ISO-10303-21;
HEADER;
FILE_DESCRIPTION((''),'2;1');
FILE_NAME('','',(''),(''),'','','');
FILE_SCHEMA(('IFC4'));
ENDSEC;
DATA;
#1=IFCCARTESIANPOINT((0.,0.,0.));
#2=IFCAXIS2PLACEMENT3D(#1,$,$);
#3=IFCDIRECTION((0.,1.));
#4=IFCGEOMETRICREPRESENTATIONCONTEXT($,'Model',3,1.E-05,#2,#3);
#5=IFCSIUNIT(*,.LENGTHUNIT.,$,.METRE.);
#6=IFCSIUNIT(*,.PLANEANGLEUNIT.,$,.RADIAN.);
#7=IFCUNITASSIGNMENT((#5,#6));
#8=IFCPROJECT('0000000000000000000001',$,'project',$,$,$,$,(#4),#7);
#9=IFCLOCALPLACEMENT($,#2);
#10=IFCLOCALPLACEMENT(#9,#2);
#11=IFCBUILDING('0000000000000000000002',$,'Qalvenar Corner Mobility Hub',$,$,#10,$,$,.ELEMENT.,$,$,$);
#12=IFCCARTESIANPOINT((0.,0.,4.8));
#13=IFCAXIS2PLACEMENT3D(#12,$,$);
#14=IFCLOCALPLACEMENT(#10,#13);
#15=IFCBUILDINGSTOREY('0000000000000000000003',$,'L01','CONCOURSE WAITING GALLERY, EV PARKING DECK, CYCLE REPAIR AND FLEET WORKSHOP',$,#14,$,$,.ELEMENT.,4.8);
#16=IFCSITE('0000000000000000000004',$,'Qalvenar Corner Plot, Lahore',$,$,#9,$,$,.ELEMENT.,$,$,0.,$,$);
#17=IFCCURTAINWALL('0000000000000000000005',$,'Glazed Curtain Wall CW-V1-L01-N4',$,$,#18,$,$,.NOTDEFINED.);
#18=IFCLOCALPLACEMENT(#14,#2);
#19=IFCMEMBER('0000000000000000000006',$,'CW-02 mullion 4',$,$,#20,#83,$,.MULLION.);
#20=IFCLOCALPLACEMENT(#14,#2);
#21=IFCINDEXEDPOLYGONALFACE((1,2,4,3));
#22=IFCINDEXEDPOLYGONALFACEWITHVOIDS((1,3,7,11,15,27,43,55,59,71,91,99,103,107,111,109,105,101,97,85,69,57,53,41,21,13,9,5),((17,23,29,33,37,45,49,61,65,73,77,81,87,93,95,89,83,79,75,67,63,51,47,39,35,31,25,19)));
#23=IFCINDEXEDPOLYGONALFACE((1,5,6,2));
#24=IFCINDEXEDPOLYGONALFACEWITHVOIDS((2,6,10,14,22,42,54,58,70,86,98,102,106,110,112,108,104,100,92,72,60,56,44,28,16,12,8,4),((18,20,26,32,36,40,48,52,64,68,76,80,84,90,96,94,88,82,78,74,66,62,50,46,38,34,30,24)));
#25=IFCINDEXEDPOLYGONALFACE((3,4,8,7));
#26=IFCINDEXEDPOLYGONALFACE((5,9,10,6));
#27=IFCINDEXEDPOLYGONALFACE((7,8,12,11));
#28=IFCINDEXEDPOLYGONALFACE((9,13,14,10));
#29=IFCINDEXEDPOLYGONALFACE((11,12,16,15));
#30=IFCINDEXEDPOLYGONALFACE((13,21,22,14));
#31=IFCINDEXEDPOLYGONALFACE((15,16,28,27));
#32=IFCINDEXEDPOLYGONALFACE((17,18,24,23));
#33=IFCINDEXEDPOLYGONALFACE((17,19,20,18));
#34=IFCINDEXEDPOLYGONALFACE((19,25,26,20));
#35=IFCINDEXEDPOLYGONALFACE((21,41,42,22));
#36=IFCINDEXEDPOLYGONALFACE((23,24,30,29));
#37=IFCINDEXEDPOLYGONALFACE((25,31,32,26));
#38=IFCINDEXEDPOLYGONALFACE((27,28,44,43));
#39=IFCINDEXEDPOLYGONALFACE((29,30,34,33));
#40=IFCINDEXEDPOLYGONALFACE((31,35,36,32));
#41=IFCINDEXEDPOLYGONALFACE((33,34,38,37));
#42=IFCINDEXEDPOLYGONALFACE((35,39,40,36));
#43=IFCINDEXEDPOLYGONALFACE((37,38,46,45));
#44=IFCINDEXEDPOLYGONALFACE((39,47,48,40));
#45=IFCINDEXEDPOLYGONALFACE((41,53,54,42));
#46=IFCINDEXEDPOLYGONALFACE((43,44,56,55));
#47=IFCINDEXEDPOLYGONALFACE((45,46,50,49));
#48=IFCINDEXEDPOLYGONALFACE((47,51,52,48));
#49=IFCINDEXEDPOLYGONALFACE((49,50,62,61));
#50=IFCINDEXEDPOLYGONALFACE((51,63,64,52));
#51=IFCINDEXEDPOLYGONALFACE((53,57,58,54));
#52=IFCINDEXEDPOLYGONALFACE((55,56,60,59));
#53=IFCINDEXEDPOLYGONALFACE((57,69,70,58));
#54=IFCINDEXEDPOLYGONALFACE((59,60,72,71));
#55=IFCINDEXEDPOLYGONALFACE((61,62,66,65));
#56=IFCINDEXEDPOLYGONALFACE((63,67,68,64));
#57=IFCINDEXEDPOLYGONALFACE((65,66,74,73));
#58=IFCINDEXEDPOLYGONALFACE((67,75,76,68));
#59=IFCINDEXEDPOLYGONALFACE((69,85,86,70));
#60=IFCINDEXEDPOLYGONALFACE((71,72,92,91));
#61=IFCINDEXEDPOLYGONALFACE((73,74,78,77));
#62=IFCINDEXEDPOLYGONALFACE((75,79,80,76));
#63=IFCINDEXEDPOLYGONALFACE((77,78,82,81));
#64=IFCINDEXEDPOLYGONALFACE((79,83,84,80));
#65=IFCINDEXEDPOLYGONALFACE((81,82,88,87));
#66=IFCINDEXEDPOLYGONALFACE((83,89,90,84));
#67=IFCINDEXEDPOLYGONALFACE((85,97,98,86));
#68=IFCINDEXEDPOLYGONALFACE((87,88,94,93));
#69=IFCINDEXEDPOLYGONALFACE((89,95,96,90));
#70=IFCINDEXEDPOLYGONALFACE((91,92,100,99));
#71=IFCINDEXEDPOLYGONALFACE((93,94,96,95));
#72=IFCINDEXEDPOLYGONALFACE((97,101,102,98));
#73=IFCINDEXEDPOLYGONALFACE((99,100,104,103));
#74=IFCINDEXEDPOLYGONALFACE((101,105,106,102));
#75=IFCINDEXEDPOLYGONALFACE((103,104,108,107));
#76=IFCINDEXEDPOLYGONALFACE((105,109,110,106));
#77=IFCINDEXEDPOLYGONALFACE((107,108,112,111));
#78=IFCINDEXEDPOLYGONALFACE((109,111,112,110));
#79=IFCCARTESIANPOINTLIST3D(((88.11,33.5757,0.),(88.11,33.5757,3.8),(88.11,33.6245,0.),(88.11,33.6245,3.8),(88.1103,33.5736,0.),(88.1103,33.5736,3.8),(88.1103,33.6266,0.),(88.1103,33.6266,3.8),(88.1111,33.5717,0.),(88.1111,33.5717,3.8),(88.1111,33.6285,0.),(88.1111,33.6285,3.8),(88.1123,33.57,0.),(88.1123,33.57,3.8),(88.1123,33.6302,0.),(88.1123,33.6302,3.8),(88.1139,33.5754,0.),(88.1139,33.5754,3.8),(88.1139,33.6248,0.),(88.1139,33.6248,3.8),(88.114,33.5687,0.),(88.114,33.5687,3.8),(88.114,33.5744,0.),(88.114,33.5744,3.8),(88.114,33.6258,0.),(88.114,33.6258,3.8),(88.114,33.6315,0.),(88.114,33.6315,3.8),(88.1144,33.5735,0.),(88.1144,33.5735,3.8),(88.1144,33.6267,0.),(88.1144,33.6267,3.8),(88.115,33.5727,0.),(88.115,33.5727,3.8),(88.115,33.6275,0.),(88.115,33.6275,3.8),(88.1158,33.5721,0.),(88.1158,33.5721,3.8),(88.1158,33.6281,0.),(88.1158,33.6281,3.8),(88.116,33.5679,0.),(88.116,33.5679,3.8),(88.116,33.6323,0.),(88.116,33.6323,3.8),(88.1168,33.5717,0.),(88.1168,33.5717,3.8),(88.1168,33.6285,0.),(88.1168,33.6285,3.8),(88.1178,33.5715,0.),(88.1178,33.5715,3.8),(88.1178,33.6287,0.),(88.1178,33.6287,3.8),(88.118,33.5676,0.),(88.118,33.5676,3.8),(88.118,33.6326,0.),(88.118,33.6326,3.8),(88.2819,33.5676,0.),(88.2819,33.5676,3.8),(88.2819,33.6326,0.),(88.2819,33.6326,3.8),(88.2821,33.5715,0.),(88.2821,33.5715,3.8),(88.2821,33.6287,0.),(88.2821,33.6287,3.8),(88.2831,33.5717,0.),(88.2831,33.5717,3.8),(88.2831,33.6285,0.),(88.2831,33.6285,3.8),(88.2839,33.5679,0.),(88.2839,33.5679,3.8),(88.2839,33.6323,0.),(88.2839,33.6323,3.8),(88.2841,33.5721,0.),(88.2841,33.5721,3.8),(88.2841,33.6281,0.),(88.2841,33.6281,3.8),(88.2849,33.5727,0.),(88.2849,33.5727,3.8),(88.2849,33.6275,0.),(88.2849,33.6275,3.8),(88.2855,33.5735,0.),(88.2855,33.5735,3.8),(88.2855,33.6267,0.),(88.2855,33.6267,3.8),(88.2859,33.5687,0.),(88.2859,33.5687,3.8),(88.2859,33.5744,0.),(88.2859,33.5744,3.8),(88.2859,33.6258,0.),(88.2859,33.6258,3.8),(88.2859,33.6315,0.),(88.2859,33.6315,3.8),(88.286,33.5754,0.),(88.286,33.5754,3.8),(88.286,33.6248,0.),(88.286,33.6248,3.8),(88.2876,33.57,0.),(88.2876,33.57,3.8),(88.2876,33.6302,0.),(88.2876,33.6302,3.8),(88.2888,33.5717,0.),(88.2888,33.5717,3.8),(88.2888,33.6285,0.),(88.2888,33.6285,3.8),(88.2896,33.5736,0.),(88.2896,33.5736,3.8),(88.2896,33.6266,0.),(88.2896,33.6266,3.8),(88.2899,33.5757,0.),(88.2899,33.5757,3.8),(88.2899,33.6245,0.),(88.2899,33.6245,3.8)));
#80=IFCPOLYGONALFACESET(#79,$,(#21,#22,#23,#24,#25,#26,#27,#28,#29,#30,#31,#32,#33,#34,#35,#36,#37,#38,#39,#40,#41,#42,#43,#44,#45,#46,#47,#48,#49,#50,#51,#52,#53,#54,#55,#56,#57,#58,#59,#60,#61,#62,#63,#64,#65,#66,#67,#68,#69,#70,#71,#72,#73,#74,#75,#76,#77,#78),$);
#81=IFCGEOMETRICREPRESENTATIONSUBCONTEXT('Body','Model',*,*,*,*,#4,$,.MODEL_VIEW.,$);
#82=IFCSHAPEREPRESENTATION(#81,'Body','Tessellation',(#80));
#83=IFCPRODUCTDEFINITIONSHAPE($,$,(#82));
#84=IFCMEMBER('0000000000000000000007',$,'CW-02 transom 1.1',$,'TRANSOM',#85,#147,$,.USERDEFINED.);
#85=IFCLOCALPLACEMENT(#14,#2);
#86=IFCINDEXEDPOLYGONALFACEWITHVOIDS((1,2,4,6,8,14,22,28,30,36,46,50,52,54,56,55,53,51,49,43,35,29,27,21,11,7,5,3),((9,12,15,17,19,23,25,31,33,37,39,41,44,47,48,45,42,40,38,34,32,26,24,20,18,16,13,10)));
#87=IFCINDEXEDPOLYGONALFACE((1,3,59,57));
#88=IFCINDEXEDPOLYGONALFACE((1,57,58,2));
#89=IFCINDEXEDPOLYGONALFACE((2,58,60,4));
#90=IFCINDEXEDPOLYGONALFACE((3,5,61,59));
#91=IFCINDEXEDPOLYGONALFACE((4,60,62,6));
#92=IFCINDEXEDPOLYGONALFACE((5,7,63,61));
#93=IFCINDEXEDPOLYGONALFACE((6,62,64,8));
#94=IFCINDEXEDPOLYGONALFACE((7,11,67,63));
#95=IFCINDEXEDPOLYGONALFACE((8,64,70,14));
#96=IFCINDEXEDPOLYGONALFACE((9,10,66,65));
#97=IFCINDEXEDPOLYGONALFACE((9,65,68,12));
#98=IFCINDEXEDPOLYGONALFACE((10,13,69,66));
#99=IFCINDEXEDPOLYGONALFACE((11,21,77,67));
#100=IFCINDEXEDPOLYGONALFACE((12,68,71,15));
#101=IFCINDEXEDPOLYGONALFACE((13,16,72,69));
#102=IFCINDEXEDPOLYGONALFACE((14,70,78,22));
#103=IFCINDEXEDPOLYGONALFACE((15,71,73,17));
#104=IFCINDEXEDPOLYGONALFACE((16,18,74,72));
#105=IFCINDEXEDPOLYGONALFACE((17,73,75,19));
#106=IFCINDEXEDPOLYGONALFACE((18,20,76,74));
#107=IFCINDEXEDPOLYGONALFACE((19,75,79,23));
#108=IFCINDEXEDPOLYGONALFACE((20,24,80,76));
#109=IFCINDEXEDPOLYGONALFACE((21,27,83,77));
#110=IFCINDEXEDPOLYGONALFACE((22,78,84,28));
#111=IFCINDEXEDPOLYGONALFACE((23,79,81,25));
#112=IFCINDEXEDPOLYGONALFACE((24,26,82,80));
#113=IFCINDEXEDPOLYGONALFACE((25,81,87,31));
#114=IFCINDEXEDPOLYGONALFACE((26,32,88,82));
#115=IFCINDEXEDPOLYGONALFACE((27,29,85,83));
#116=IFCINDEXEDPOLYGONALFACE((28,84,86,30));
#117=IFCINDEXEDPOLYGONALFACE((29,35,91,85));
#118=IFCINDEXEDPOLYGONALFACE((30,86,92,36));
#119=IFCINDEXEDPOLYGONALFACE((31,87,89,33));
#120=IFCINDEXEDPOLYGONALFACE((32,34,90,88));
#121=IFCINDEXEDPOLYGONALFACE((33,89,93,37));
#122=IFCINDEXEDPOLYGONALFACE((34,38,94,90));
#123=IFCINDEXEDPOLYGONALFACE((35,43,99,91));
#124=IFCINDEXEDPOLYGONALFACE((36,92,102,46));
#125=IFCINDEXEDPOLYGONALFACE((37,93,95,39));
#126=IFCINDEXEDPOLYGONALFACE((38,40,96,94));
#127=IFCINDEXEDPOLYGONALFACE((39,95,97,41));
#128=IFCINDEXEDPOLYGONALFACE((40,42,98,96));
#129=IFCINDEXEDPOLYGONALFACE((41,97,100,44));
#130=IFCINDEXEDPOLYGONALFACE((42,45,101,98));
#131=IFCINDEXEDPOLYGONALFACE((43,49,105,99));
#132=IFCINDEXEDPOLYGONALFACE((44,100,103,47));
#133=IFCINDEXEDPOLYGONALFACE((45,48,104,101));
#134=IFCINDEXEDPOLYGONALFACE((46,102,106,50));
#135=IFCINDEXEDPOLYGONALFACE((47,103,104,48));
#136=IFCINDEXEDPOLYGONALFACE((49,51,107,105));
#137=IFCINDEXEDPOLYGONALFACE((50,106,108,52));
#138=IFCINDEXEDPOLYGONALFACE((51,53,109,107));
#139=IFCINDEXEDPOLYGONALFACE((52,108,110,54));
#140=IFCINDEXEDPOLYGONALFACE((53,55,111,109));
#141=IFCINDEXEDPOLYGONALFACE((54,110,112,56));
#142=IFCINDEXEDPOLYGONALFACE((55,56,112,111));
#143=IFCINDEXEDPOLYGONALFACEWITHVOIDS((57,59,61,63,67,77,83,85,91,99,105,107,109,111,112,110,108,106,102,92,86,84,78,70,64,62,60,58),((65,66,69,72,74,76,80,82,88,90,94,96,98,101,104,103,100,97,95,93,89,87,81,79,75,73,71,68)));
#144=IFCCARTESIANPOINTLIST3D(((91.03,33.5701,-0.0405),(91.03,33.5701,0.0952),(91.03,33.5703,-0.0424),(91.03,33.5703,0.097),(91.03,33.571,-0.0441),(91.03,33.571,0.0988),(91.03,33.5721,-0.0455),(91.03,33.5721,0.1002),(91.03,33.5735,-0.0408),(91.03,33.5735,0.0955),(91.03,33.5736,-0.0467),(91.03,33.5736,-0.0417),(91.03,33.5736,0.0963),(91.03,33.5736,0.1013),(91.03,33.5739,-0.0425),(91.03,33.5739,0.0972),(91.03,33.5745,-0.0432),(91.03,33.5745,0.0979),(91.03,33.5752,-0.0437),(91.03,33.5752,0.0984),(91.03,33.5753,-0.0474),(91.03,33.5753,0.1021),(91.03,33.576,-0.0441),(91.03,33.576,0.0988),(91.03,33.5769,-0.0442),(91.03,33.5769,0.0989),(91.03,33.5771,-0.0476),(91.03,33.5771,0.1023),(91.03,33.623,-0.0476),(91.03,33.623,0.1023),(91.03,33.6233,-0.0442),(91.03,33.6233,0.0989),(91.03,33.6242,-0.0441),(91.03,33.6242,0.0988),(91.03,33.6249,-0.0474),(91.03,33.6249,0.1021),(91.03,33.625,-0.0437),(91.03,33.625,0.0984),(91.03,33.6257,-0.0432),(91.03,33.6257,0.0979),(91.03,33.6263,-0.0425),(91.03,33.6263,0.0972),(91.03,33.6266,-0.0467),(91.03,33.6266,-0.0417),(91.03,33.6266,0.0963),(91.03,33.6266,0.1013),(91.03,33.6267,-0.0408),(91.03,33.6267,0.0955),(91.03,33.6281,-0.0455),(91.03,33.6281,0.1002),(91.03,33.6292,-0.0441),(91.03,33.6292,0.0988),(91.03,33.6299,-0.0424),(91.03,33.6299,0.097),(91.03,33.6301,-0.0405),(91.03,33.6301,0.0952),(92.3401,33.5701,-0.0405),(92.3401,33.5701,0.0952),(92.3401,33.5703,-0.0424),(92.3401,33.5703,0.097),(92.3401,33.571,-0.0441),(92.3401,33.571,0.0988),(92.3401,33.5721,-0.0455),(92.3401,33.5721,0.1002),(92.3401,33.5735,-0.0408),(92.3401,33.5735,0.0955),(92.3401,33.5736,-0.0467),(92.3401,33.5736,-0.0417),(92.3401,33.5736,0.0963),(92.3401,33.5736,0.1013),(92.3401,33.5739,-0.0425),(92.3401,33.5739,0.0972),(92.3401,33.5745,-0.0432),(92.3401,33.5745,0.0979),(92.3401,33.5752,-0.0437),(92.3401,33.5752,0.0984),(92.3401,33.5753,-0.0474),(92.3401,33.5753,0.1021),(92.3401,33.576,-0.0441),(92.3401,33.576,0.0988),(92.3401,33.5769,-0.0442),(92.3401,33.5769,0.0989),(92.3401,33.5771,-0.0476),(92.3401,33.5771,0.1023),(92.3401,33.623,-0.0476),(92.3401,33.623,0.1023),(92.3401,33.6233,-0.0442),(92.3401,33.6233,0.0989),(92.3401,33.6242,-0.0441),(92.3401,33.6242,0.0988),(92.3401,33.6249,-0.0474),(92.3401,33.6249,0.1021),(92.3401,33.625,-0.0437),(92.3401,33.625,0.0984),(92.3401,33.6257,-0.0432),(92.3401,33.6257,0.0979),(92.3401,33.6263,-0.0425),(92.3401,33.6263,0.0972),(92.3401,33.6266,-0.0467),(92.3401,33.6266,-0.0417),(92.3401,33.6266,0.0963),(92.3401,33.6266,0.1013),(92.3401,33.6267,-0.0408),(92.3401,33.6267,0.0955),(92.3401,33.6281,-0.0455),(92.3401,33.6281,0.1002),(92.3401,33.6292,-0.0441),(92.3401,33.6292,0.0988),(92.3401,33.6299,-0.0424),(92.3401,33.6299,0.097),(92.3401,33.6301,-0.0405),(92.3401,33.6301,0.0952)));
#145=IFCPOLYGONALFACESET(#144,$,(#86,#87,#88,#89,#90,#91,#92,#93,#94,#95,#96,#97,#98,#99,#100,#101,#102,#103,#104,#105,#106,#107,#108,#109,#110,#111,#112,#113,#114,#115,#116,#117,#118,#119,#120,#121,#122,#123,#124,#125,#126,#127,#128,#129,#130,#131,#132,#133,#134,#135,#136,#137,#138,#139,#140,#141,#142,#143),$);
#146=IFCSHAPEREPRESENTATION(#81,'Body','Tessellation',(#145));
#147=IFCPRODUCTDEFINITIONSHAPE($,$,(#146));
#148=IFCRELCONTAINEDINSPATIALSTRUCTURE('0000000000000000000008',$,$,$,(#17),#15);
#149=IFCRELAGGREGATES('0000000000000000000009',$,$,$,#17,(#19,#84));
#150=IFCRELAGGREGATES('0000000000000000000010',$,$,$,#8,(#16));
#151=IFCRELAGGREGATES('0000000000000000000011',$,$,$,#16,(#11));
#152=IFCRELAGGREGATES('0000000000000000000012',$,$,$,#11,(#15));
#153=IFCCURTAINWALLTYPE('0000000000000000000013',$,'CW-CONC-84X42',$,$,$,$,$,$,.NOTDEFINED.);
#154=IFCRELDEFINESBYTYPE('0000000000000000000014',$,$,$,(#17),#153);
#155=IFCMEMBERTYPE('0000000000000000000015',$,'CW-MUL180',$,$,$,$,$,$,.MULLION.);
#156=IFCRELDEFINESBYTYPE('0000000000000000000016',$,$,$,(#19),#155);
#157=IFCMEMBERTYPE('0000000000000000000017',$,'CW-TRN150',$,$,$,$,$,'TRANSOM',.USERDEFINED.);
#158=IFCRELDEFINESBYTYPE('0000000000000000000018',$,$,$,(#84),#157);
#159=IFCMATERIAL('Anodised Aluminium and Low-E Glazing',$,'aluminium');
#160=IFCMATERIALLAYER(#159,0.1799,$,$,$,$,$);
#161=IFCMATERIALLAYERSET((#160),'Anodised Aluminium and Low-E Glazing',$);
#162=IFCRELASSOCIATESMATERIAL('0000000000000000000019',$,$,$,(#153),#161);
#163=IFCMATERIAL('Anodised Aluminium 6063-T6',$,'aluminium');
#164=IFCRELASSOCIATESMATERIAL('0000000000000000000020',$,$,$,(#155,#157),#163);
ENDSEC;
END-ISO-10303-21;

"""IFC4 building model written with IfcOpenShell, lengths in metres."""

from ifc_helpers import new_model, si_unit, direction, frame, origin, origin_2d, place, context, subcontext, project, spatial, hollow_rectangle, extrude, material, layer, layer_set, material_profile, profile_set, type_object, element, aggregate, save


model = new_model("IFC4")

# Units and contexts
model_context = context("Model", 3, precision=1e-05, world=origin(), true_north=direction((0.0, 1.0)))
body_context = subcontext(model_context, "Body", "Model", "MODEL_VIEW")
ifc_project = project(units=[si_unit("LENGTHUNIT", "METRE"), si_unit("PLANEANGLEUNIT", "RADIAN")], contexts=[model_context])

# Site, building, storey
site_placement = place(None, origin())
site = spatial("IfcSite", under=ifc_project, at=site_placement, Name="Qalvenar Corner Plot, Lahore", CompositionType="ELEMENT", RefElevation=0.0)
building_placement = place(site_placement, origin())
building = spatial("IfcBuilding", under=site, at=building_placement, Name="Qalvenar Corner Mobility Hub", CompositionType="ELEMENT")
storey_placement = place(building_placement, frame((0.0, 0.0, 4.8)))
storey = spatial("IfcBuildingStorey", under=building, at=storey_placement, Name="L01", Description="CONCOURSE WAITING GALLERY, EV PARKING DECK, CYCLE REPAIR AND FLEET WORKSHOP", CompositionType="ELEMENT", Elevation=4.8)

# Curtain wall, members
ifc_material_1 = material(Name="Anodised Aluminium and Low-E Glazing", Category="aluminium")
ifc_layer_1 = layer(ifc_material_1, 0.1799)
ifc_layer_set_1 = layer_set([ifc_layer_1], Name="Anodised Aluminium and Low-E Glazing")
curtain_wall_type = type_object("IfcCurtainWallType", Name="CW-CONC-84X42", PredefinedType="NOTDEFINED", material=ifc_layer_set_1)
curtain_wall_placement = place(storey_placement, origin())
curtain_wall = element("IfcCurtainWall", 1, at=curtain_wall_placement, inside=storey, type_object=curtain_wall_type, Name="Glazed Curtain Wall CW-V1-L01-N4", PredefinedType="NOTDEFINED")
ifc_material_2 = material(Name="Anodised Aluminium 6063-T6", Category="aluminium")
ifc_material_profile_1 = material_profile(ifc_material_2, hollow_rectangle(XDim=0.0649, YDim=0.1799, WallThickness=0.0039, InnerFilletRadius=0.0039, OuterFilletRadius=0.0081, at=origin_2d()), Name="RHS180x65x4")
ifc_profile_set_1 = profile_set([ifc_material_profile_1], Name="Anodised Aluminium 6063-T6")
member_type_1 = type_object("IfcMemberType", Name="CW-MUL180", PredefinedType="MULLION", material=ifc_profile_set_1)
member_1_placement = place(storey_placement, frame((88.2, 33.6001, 0.0), z_axis=(0.0, 0.0, 1.0), x_axis=(0.0, -1.0, 0.0)))
member_1 = element("IfcMember", 2, at=member_1_placement, type_object=member_type_1, Name="CW-02 mullion 4", PredefinedType="MULLION", context=body_context, shape_type="SweptSolid", body=[
    extrude(hollow_rectangle(XDim=0.0649, YDim=0.1799, WallThickness=0.0039, InnerFilletRadius=0.0039, OuterFilletRadius=0.0081, at=origin_2d()), origin(), (0.0, 0.0, 1.0), 3.8),
])
ifc_material_profile_2 = material_profile(ifc_material_2, hollow_rectangle(XDim=0.0601, YDim=0.1499, WallThickness=0.0034, InnerFilletRadius=0.0034, OuterFilletRadius=0.0071, at=origin_2d()), Name="RHS150x60x3.5")
ifc_profile_set_2 = profile_set([ifc_material_profile_2], Name="Anodised Aluminium 6063-T6")
member_type_2 = type_object("IfcMemberType", Name="CW-TRN150", ElementType="TRANSOM", PredefinedType="USERDEFINED", material=ifc_profile_set_2)
member_2_placement = place(storey_placement, frame((92.3401, 33.6001, 0.0273), z_axis=(-1.0, 0.0, 0.0), x_axis=(0.0, -1.0, 0.0)))
member_2 = element("IfcMember", 3, at=member_2_placement, type_object=member_type_2, Name="CW-02 transom 1.1", ObjectType="TRANSOM", PredefinedType="USERDEFINED", context=body_context, shape_type="SweptSolid", body=[
    extrude(hollow_rectangle(XDim=0.0601, YDim=0.1499, WallThickness=0.0034, InnerFilletRadius=0.0034, OuterFilletRadius=0.0071, at=origin_2d()), origin(), (0.0, 0.0, 1.0), 1.3101),
])
aggregate(curtain_wall, [member_1, member_2])

save(model, "model.ifc")
